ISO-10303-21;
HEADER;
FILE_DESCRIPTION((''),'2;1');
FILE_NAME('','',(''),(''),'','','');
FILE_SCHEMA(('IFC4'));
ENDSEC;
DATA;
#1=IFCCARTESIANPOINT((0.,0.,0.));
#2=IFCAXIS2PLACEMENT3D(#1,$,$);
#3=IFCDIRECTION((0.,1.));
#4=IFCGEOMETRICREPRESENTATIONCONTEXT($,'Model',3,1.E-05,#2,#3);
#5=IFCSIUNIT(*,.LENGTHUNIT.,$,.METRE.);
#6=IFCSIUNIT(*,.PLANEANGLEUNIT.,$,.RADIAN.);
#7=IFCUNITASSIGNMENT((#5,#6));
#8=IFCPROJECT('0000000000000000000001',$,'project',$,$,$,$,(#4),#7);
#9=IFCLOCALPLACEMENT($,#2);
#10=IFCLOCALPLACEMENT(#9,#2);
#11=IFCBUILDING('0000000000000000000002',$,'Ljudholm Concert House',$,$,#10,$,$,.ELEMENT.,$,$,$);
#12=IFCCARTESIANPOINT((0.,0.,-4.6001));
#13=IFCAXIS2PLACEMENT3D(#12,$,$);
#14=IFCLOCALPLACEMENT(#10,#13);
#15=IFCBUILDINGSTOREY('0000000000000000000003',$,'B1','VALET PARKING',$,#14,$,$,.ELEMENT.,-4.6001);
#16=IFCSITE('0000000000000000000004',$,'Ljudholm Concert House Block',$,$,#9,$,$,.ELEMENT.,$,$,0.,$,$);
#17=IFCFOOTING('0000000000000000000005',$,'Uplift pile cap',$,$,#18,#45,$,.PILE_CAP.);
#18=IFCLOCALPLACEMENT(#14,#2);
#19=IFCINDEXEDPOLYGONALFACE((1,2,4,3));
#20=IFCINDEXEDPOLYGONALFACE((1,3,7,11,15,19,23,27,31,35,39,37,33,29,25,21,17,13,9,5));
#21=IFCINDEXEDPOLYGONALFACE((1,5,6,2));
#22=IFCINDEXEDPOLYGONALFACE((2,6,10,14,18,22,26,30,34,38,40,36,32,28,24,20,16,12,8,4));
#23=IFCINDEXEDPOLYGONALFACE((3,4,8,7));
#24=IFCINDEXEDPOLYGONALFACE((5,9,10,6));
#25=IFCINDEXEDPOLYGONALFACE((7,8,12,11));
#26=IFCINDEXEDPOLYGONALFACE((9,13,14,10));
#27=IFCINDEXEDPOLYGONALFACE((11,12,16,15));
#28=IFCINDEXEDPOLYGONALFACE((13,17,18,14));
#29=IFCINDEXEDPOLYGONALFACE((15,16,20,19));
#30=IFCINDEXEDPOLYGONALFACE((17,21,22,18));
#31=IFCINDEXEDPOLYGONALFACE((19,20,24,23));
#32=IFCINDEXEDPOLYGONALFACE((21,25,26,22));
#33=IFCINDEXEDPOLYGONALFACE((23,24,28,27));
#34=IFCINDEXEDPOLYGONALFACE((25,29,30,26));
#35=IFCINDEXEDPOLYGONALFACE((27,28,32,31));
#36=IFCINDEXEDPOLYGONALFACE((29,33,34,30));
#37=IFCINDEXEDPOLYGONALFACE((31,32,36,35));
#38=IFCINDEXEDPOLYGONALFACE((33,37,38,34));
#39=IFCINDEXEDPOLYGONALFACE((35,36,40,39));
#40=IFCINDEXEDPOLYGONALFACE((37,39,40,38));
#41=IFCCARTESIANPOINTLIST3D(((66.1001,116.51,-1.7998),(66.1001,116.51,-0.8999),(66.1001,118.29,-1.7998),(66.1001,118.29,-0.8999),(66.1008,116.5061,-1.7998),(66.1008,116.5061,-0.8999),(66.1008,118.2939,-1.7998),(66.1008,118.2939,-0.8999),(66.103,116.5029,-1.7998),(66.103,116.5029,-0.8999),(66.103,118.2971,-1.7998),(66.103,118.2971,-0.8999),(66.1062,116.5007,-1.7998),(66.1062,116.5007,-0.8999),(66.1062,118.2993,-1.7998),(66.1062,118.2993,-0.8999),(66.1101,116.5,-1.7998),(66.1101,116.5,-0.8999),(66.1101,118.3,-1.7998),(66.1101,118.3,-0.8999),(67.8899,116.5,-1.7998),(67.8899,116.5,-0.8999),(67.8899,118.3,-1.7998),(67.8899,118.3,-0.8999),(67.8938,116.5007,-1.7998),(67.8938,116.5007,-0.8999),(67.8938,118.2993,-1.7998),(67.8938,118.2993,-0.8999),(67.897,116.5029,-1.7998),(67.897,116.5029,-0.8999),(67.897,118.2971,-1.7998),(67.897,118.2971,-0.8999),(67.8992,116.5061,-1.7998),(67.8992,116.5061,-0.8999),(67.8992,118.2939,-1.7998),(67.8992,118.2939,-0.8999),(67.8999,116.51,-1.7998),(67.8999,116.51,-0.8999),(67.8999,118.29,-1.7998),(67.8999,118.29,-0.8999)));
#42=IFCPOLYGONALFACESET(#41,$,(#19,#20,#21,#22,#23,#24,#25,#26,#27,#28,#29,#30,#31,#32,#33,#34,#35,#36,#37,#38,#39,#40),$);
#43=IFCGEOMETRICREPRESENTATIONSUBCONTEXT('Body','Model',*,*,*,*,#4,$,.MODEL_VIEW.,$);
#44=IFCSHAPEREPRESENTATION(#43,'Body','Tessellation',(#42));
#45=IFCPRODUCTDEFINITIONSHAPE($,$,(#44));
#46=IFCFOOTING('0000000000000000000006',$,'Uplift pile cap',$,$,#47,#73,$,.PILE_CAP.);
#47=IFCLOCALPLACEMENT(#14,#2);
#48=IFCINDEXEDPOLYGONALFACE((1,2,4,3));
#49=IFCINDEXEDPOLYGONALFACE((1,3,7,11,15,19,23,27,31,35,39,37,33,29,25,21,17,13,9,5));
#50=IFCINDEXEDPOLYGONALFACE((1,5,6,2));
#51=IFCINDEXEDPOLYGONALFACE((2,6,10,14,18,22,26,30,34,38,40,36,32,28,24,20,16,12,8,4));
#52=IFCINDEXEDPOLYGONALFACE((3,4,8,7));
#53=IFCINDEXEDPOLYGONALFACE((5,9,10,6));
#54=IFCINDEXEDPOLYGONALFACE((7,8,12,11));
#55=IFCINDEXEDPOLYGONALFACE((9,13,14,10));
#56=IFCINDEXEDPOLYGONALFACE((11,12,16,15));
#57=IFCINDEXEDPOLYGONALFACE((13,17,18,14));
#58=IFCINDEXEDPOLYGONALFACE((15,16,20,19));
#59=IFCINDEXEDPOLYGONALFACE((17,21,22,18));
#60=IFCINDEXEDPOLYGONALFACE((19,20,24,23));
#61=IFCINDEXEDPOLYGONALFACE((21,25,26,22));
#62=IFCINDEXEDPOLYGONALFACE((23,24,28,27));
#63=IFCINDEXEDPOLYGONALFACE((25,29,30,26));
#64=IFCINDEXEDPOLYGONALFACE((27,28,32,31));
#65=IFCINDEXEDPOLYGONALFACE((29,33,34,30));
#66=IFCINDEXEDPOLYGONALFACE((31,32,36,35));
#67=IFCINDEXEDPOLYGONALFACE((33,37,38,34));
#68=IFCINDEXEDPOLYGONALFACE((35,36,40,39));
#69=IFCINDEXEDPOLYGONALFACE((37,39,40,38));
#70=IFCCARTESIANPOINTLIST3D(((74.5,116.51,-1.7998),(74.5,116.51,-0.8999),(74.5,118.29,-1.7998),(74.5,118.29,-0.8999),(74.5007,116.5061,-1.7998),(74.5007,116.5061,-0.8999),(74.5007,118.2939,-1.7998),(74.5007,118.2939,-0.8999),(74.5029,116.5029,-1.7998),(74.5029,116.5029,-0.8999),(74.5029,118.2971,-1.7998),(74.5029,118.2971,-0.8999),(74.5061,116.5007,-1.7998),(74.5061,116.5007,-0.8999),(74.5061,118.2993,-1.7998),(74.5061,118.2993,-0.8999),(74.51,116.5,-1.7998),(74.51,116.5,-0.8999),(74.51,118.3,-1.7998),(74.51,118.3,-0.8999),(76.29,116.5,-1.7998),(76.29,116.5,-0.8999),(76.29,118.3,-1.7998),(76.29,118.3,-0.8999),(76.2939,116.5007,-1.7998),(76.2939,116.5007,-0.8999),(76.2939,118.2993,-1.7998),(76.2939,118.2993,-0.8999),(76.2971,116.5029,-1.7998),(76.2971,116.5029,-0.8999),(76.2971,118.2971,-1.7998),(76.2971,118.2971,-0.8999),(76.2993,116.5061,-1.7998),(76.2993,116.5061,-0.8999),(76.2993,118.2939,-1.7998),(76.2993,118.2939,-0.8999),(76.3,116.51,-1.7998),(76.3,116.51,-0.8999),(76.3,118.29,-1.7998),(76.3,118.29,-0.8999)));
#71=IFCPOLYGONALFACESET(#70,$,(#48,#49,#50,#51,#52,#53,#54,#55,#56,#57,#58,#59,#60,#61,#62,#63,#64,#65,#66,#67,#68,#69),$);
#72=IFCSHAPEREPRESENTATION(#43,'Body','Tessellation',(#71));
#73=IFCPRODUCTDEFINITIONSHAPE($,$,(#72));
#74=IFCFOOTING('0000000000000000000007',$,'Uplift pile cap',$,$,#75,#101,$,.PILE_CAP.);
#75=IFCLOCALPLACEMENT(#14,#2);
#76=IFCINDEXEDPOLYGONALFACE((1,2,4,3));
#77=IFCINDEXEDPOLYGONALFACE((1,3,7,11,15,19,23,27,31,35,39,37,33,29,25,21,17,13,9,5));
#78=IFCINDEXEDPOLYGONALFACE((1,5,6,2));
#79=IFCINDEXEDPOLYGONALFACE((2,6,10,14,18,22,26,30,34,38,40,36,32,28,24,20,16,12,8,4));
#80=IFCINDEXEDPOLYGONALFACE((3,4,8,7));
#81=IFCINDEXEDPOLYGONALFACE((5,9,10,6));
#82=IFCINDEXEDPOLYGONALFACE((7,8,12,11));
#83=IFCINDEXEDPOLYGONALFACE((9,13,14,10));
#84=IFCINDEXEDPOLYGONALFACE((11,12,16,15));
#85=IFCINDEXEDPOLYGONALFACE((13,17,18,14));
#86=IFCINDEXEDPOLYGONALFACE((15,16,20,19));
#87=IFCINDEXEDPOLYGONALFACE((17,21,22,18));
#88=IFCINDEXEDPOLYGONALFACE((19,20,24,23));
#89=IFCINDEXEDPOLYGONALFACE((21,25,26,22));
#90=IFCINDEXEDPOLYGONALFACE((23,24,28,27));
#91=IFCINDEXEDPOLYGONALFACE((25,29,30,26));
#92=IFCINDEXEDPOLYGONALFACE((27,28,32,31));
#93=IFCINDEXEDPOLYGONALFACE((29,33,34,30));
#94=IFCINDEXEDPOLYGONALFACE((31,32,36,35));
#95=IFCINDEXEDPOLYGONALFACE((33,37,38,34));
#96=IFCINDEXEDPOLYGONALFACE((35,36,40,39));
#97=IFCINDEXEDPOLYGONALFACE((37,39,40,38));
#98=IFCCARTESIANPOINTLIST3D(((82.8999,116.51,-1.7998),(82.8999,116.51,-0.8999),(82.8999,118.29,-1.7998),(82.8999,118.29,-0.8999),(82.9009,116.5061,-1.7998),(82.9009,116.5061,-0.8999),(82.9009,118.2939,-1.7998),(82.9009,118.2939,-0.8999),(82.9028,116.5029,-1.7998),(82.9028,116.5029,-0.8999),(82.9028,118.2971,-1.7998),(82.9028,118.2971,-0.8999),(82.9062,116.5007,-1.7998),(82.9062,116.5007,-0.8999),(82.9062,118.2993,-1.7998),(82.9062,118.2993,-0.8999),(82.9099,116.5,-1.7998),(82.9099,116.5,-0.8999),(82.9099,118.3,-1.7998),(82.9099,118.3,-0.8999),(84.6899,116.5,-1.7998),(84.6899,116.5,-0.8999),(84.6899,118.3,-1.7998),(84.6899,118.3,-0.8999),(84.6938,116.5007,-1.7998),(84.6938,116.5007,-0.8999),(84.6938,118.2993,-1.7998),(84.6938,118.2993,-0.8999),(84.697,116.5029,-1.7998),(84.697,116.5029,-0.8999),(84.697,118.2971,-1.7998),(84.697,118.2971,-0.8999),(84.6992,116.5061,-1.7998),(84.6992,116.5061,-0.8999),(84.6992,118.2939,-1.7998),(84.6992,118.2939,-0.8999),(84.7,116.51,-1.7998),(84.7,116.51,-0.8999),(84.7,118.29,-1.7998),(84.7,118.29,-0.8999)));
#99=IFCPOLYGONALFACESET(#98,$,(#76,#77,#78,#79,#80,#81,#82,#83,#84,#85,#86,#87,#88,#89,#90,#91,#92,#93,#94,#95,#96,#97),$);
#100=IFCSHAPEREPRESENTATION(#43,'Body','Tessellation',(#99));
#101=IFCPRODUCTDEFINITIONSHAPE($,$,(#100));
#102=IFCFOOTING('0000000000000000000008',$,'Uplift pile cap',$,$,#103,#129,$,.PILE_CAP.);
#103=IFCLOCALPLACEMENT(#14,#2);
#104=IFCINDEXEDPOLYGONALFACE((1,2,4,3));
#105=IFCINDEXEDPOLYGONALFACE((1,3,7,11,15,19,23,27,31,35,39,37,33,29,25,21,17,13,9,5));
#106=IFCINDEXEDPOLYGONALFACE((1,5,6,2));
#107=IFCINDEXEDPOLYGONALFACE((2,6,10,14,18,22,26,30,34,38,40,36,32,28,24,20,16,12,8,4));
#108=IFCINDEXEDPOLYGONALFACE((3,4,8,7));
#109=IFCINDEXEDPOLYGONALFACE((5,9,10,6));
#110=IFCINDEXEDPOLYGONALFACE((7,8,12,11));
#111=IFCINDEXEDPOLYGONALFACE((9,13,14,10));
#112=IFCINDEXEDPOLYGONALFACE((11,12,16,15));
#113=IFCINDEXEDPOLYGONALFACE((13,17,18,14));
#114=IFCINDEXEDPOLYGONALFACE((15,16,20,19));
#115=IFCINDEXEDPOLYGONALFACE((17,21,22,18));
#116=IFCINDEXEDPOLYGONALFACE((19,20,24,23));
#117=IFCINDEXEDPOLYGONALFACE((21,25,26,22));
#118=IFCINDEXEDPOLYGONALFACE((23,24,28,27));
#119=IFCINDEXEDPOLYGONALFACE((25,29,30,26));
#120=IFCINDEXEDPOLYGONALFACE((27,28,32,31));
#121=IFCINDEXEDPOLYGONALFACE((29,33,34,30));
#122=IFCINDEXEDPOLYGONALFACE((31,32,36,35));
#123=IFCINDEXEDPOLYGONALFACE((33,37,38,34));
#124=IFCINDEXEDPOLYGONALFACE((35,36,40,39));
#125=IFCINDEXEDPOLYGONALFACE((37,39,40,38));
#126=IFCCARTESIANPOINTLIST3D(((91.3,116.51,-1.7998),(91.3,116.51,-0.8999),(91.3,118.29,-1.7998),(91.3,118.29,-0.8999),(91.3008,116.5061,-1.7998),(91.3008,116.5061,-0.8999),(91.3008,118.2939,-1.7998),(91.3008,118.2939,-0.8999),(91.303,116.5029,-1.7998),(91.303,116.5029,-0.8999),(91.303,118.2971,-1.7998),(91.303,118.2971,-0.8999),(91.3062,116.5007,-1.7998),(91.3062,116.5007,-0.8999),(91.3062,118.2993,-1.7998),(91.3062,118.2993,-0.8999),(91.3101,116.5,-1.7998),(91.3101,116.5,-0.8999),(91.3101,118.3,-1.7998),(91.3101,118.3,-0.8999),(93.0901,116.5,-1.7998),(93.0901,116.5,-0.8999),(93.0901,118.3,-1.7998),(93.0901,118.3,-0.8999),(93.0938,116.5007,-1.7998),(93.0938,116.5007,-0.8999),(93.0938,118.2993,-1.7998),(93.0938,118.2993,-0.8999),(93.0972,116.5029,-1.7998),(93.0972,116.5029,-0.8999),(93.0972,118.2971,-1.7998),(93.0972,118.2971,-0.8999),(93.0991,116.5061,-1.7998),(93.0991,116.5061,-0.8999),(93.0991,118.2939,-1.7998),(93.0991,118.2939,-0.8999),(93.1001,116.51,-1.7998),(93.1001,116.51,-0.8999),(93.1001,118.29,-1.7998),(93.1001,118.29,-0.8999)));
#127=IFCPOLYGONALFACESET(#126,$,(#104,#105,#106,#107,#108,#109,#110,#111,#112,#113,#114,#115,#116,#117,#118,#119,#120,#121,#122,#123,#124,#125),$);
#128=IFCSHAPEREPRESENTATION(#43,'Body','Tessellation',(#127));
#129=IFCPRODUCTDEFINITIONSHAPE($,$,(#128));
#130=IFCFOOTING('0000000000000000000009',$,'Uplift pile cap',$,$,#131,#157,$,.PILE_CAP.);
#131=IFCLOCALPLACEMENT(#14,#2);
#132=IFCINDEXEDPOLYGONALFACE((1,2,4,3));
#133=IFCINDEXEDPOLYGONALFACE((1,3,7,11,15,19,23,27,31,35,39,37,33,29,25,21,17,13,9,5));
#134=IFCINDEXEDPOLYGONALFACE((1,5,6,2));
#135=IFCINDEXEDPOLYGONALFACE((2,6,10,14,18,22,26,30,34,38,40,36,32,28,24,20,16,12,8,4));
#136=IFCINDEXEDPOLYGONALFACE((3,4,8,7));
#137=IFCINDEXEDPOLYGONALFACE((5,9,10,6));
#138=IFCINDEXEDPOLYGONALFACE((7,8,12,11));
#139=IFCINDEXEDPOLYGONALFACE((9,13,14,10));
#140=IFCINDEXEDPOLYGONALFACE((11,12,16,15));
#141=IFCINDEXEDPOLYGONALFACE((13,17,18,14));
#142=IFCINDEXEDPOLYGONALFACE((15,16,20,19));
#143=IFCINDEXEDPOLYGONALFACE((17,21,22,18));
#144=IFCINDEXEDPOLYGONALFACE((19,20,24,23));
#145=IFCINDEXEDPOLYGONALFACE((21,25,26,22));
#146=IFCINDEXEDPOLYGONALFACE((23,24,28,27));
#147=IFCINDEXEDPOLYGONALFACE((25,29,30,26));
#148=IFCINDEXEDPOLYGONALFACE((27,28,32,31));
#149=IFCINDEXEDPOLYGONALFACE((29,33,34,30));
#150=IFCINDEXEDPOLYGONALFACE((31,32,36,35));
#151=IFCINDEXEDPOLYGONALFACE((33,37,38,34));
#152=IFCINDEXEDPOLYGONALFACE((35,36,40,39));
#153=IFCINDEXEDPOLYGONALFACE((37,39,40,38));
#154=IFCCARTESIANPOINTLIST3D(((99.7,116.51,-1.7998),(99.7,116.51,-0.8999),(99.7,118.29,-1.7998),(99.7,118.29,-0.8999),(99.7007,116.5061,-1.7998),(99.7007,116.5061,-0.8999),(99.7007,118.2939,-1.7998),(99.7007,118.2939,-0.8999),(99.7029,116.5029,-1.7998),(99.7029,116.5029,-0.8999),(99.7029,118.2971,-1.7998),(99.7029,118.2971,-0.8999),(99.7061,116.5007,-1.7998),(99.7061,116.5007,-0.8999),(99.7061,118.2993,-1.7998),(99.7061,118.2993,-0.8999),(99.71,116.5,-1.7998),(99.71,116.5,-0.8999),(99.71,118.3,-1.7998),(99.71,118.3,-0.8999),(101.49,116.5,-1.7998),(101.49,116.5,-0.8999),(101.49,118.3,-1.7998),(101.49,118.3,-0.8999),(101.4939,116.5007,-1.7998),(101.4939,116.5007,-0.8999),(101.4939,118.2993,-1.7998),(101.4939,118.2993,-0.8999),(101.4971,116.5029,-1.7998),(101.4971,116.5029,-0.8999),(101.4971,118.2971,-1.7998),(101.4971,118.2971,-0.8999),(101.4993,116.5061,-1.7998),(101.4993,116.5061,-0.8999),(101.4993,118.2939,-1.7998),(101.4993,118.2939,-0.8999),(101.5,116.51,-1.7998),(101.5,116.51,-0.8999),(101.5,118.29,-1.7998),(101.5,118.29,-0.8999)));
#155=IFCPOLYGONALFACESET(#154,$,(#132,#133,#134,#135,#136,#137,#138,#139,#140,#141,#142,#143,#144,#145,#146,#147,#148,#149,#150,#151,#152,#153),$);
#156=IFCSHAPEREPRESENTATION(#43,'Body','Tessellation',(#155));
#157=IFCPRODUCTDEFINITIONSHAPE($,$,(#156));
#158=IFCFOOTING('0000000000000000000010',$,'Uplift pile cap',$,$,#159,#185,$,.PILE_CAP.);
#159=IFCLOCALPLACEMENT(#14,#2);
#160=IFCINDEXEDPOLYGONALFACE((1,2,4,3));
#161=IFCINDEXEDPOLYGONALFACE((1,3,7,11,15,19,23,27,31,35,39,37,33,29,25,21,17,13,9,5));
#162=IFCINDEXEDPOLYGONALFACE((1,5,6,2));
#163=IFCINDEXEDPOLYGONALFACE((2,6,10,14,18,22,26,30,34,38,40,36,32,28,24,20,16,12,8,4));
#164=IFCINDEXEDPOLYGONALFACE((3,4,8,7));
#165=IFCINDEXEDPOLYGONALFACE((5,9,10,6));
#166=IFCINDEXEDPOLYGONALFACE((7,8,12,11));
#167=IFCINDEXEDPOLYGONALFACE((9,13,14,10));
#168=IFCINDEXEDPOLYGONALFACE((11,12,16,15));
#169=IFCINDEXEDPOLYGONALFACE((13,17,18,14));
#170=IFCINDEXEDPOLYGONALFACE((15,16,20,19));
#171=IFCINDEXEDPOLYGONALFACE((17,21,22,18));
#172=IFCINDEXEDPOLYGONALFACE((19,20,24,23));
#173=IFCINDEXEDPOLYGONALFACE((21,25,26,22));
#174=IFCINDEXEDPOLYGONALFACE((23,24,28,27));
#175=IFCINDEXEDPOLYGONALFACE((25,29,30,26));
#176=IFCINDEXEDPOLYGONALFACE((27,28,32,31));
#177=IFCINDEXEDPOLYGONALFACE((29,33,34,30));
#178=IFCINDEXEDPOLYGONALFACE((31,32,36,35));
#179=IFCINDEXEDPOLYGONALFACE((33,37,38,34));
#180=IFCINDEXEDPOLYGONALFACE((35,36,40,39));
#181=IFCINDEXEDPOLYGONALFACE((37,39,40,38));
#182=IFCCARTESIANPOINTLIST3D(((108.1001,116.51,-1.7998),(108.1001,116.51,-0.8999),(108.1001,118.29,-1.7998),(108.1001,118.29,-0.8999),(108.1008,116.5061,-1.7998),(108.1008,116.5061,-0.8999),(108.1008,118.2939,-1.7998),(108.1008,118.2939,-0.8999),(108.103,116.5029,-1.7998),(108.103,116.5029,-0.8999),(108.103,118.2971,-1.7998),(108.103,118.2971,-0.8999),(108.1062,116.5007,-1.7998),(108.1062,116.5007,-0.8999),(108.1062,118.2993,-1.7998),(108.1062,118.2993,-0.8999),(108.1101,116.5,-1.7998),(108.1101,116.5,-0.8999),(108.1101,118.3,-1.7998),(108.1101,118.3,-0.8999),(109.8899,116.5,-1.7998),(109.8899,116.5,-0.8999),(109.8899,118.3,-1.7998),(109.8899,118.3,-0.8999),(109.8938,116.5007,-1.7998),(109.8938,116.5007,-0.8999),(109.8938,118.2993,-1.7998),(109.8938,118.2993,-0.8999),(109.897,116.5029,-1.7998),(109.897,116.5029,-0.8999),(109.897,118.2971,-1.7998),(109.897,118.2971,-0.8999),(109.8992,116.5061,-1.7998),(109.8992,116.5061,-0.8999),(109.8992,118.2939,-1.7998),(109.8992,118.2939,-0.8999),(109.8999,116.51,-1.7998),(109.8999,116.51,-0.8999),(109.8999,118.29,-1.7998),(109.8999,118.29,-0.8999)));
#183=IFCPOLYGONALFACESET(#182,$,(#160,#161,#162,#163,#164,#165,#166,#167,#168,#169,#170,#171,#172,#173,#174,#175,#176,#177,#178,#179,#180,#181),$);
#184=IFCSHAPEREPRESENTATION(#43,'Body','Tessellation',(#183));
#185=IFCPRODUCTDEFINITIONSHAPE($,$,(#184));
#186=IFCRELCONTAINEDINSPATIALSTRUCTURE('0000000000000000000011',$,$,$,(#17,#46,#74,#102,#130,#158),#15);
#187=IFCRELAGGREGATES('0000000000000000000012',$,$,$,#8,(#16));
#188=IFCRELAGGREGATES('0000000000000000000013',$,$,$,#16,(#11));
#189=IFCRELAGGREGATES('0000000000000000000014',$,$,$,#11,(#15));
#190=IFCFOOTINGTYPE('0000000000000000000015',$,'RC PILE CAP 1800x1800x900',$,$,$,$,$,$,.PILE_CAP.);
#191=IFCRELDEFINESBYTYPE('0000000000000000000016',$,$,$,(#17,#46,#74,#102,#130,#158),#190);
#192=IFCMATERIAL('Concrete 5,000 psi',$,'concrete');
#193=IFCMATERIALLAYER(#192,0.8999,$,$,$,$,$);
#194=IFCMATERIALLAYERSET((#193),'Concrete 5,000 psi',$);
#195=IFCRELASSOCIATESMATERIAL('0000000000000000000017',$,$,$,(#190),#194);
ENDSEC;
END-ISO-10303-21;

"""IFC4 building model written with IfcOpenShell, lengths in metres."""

from ifc_helpers import new_model, si_unit, direction, frame, origin, place, context, subcontext, project, spatial, polyline, outline, extrude, material, layer, layer_set, type_object, element, save


model = new_model("IFC4")

# Units and contexts
model_context = context("Model", 3, precision=1e-05, world=origin(), true_north=direction((0.0, 1.0)))
body_context = subcontext(model_context, "Body", "Model", "MODEL_VIEW")
ifc_project = project(units=[si_unit("LENGTHUNIT", "METRE"), si_unit("PLANEANGLEUNIT", "RADIAN")], contexts=[model_context])

# Site, building, storey
site_placement = place(None, origin())
site = spatial("IfcSite", under=ifc_project, at=site_placement, Name="Ljudholm Concert House Block", CompositionType="ELEMENT", RefElevation=0.0)
building_placement = place(site_placement, origin())
building = spatial("IfcBuilding", under=site, at=building_placement, Name="Ljudholm Concert House", CompositionType="ELEMENT")
storey_placement = place(building_placement, frame((0.0, 0.0, -4.6001)))
storey = spatial("IfcBuildingStorey", under=building, at=storey_placement, Name="B1", Description="VALET PARKING", CompositionType="ELEMENT", Elevation=-4.6001)

# Footings
ifc_material = material(Name="Concrete 5,000 psi", Category="concrete")
ifc_layer = layer(ifc_material, 0.8999)
ifc_layer_set = layer_set([ifc_layer], Name="Concrete 5,000 psi")
footing_type = type_object("IfcFootingType", Name="RC PILE CAP 1800x1800x900", PredefinedType="PILE_CAP", material=ifc_layer_set)
footing_1_placement = place(storey_placement, frame((0.0, 0.0, -1.7998)))
element("IfcFooting", 1, at=footing_1_placement, inside=storey, type_object=footing_type, Name="Uplift pile cap", PredefinedType="PILE_CAP", context=body_context, shape_type="SweptSolid", body=[
    extrude(outline(polyline([(66.1101, 116.5), (67.8899, 116.5), (67.8938, 116.5007), (67.897, 116.5029), (67.8992, 116.5061), (67.8999, 116.51), (67.8999, 118.29), (67.8992, 118.2939), (67.897, 118.2971), (67.8938, 118.2993), (67.8899, 118.3), (66.1101, 118.3), (66.1062, 118.2993), (66.103, 118.2971), (66.1008, 118.2939), (66.1001, 118.29), (66.1001, 116.51), (66.1008, 116.5061), (66.103, 116.5029), (66.1062, 116.5007), (66.1101, 116.5)])), origin(), (0.0, 0.0, 1.0), 0.8999),
])
footing_2_placement = place(storey_placement, frame((0.0, 0.0, -1.7998)))
element("IfcFooting", 2, at=footing_2_placement, inside=storey, type_object=footing_type, Name="Uplift pile cap", PredefinedType="PILE_CAP", context=body_context, shape_type="SweptSolid", body=[
    extrude(outline(polyline([(74.51, 116.5), (76.29, 116.5), (76.2939, 116.5007), (76.2971, 116.5029), (76.2993, 116.5061), (76.3, 116.51), (76.3, 118.29), (76.2993, 118.2939), (76.2971, 118.2971), (76.2939, 118.2993), (76.29, 118.3), (74.51, 118.3), (74.5061, 118.2993), (74.5029, 118.2971), (74.5007, 118.2939), (74.5, 118.29), (74.5, 116.51), (74.5007, 116.5061), (74.5029, 116.5029), (74.5061, 116.5007), (74.51, 116.5)])), origin(), (0.0, 0.0, 1.0), 0.8999),
])
footing_3_placement = place(storey_placement, frame((0.0, 0.0, -1.7998)))
element("IfcFooting", 3, at=footing_3_placement, inside=storey, type_object=footing_type, Name="Uplift pile cap", PredefinedType="PILE_CAP", context=body_context, shape_type="SweptSolid", body=[
    extrude(outline(polyline([(82.9099, 116.5), (84.6899, 116.5), (84.6938, 116.5007), (84.697, 116.5029), (84.6992, 116.5061), (84.7, 116.51), (84.7, 118.29), (84.6992, 118.2939), (84.697, 118.2971), (84.6938, 118.2993), (84.6899, 118.3), (82.9099, 118.3), (82.9062, 118.2993), (82.9028, 118.2971), (82.9009, 118.2939), (82.8999, 118.29), (82.8999, 116.51), (82.9009, 116.5061), (82.9028, 116.5029), (82.9062, 116.5007), (82.9099, 116.5)])), origin(), (0.0, 0.0, 1.0), 0.8999),
])
footing_4_placement = place(storey_placement, frame((0.0, 0.0, -1.7998)))
element("IfcFooting", 4, at=footing_4_placement, inside=storey, type_object=footing_type, Name="Uplift pile cap", PredefinedType="PILE_CAP", context=body_context, shape_type="SweptSolid", body=[
    extrude(outline(polyline([(91.3101, 116.5), (93.0901, 116.5), (93.0938, 116.5007), (93.0972, 116.5029), (93.0991, 116.5061), (93.1001, 116.51), (93.1001, 118.29), (93.0991, 118.2939), (93.0972, 118.2971), (93.0938, 118.2993), (93.0901, 118.3), (91.3101, 118.3), (91.3062, 118.2993), (91.303, 118.2971), (91.3008, 118.2939), (91.3, 118.29), (91.3, 116.51), (91.3008, 116.5061), (91.303, 116.5029), (91.3062, 116.5007), (91.3101, 116.5)])), origin(), (0.0, 0.0, 1.0), 0.8999),
])
footing_5_placement = place(storey_placement, frame((0.0, 0.0, -1.7998)))
element("IfcFooting", 5, at=footing_5_placement, inside=storey, type_object=footing_type, Name="Uplift pile cap", PredefinedType="PILE_CAP", context=body_context, shape_type="SweptSolid", body=[
    extrude(outline(polyline([(99.71, 116.5), (101.49, 116.5), (101.4939, 116.5007), (101.4971, 116.5029), (101.4993, 116.5061), (101.5, 116.51), (101.5, 118.29), (101.4993, 118.2939), (101.4971, 118.2971), (101.4939, 118.2993), (101.49, 118.3), (99.71, 118.3), (99.7061, 118.2993), (99.7029, 118.2971), (99.7007, 118.2939), (99.7, 118.29), (99.7, 116.51), (99.7007, 116.5061), (99.7029, 116.5029), (99.7061, 116.5007), (99.71, 116.5)])), origin(), (0.0, 0.0, 1.0), 0.8999),
])
footing_6_placement = place(storey_placement, frame((0.0, 0.0, -1.7998)))
element("IfcFooting", 6, at=footing_6_placement, inside=storey, type_object=footing_type, Name="Uplift pile cap", PredefinedType="PILE_CAP", context=body_context, shape_type="SweptSolid", body=[
    extrude(outline(polyline([(108.1101, 116.5), (109.8899, 116.5), (109.8938, 116.5007), (109.897, 116.5029), (109.8992, 116.5061), (109.8999, 116.51), (109.8999, 118.29), (109.8992, 118.2939), (109.897, 118.2971), (109.8938, 118.2993), (109.8899, 118.3), (108.1101, 118.3), (108.1062, 118.2993), (108.103, 118.2971), (108.1008, 118.2939), (108.1001, 118.29), (108.1001, 116.51), (108.1008, 116.5061), (108.103, 116.5029), (108.1062, 116.5007), (108.1101, 116.5)])), origin(), (0.0, 0.0, 1.0), 0.8999),
])

save(model, "model.ifc")
